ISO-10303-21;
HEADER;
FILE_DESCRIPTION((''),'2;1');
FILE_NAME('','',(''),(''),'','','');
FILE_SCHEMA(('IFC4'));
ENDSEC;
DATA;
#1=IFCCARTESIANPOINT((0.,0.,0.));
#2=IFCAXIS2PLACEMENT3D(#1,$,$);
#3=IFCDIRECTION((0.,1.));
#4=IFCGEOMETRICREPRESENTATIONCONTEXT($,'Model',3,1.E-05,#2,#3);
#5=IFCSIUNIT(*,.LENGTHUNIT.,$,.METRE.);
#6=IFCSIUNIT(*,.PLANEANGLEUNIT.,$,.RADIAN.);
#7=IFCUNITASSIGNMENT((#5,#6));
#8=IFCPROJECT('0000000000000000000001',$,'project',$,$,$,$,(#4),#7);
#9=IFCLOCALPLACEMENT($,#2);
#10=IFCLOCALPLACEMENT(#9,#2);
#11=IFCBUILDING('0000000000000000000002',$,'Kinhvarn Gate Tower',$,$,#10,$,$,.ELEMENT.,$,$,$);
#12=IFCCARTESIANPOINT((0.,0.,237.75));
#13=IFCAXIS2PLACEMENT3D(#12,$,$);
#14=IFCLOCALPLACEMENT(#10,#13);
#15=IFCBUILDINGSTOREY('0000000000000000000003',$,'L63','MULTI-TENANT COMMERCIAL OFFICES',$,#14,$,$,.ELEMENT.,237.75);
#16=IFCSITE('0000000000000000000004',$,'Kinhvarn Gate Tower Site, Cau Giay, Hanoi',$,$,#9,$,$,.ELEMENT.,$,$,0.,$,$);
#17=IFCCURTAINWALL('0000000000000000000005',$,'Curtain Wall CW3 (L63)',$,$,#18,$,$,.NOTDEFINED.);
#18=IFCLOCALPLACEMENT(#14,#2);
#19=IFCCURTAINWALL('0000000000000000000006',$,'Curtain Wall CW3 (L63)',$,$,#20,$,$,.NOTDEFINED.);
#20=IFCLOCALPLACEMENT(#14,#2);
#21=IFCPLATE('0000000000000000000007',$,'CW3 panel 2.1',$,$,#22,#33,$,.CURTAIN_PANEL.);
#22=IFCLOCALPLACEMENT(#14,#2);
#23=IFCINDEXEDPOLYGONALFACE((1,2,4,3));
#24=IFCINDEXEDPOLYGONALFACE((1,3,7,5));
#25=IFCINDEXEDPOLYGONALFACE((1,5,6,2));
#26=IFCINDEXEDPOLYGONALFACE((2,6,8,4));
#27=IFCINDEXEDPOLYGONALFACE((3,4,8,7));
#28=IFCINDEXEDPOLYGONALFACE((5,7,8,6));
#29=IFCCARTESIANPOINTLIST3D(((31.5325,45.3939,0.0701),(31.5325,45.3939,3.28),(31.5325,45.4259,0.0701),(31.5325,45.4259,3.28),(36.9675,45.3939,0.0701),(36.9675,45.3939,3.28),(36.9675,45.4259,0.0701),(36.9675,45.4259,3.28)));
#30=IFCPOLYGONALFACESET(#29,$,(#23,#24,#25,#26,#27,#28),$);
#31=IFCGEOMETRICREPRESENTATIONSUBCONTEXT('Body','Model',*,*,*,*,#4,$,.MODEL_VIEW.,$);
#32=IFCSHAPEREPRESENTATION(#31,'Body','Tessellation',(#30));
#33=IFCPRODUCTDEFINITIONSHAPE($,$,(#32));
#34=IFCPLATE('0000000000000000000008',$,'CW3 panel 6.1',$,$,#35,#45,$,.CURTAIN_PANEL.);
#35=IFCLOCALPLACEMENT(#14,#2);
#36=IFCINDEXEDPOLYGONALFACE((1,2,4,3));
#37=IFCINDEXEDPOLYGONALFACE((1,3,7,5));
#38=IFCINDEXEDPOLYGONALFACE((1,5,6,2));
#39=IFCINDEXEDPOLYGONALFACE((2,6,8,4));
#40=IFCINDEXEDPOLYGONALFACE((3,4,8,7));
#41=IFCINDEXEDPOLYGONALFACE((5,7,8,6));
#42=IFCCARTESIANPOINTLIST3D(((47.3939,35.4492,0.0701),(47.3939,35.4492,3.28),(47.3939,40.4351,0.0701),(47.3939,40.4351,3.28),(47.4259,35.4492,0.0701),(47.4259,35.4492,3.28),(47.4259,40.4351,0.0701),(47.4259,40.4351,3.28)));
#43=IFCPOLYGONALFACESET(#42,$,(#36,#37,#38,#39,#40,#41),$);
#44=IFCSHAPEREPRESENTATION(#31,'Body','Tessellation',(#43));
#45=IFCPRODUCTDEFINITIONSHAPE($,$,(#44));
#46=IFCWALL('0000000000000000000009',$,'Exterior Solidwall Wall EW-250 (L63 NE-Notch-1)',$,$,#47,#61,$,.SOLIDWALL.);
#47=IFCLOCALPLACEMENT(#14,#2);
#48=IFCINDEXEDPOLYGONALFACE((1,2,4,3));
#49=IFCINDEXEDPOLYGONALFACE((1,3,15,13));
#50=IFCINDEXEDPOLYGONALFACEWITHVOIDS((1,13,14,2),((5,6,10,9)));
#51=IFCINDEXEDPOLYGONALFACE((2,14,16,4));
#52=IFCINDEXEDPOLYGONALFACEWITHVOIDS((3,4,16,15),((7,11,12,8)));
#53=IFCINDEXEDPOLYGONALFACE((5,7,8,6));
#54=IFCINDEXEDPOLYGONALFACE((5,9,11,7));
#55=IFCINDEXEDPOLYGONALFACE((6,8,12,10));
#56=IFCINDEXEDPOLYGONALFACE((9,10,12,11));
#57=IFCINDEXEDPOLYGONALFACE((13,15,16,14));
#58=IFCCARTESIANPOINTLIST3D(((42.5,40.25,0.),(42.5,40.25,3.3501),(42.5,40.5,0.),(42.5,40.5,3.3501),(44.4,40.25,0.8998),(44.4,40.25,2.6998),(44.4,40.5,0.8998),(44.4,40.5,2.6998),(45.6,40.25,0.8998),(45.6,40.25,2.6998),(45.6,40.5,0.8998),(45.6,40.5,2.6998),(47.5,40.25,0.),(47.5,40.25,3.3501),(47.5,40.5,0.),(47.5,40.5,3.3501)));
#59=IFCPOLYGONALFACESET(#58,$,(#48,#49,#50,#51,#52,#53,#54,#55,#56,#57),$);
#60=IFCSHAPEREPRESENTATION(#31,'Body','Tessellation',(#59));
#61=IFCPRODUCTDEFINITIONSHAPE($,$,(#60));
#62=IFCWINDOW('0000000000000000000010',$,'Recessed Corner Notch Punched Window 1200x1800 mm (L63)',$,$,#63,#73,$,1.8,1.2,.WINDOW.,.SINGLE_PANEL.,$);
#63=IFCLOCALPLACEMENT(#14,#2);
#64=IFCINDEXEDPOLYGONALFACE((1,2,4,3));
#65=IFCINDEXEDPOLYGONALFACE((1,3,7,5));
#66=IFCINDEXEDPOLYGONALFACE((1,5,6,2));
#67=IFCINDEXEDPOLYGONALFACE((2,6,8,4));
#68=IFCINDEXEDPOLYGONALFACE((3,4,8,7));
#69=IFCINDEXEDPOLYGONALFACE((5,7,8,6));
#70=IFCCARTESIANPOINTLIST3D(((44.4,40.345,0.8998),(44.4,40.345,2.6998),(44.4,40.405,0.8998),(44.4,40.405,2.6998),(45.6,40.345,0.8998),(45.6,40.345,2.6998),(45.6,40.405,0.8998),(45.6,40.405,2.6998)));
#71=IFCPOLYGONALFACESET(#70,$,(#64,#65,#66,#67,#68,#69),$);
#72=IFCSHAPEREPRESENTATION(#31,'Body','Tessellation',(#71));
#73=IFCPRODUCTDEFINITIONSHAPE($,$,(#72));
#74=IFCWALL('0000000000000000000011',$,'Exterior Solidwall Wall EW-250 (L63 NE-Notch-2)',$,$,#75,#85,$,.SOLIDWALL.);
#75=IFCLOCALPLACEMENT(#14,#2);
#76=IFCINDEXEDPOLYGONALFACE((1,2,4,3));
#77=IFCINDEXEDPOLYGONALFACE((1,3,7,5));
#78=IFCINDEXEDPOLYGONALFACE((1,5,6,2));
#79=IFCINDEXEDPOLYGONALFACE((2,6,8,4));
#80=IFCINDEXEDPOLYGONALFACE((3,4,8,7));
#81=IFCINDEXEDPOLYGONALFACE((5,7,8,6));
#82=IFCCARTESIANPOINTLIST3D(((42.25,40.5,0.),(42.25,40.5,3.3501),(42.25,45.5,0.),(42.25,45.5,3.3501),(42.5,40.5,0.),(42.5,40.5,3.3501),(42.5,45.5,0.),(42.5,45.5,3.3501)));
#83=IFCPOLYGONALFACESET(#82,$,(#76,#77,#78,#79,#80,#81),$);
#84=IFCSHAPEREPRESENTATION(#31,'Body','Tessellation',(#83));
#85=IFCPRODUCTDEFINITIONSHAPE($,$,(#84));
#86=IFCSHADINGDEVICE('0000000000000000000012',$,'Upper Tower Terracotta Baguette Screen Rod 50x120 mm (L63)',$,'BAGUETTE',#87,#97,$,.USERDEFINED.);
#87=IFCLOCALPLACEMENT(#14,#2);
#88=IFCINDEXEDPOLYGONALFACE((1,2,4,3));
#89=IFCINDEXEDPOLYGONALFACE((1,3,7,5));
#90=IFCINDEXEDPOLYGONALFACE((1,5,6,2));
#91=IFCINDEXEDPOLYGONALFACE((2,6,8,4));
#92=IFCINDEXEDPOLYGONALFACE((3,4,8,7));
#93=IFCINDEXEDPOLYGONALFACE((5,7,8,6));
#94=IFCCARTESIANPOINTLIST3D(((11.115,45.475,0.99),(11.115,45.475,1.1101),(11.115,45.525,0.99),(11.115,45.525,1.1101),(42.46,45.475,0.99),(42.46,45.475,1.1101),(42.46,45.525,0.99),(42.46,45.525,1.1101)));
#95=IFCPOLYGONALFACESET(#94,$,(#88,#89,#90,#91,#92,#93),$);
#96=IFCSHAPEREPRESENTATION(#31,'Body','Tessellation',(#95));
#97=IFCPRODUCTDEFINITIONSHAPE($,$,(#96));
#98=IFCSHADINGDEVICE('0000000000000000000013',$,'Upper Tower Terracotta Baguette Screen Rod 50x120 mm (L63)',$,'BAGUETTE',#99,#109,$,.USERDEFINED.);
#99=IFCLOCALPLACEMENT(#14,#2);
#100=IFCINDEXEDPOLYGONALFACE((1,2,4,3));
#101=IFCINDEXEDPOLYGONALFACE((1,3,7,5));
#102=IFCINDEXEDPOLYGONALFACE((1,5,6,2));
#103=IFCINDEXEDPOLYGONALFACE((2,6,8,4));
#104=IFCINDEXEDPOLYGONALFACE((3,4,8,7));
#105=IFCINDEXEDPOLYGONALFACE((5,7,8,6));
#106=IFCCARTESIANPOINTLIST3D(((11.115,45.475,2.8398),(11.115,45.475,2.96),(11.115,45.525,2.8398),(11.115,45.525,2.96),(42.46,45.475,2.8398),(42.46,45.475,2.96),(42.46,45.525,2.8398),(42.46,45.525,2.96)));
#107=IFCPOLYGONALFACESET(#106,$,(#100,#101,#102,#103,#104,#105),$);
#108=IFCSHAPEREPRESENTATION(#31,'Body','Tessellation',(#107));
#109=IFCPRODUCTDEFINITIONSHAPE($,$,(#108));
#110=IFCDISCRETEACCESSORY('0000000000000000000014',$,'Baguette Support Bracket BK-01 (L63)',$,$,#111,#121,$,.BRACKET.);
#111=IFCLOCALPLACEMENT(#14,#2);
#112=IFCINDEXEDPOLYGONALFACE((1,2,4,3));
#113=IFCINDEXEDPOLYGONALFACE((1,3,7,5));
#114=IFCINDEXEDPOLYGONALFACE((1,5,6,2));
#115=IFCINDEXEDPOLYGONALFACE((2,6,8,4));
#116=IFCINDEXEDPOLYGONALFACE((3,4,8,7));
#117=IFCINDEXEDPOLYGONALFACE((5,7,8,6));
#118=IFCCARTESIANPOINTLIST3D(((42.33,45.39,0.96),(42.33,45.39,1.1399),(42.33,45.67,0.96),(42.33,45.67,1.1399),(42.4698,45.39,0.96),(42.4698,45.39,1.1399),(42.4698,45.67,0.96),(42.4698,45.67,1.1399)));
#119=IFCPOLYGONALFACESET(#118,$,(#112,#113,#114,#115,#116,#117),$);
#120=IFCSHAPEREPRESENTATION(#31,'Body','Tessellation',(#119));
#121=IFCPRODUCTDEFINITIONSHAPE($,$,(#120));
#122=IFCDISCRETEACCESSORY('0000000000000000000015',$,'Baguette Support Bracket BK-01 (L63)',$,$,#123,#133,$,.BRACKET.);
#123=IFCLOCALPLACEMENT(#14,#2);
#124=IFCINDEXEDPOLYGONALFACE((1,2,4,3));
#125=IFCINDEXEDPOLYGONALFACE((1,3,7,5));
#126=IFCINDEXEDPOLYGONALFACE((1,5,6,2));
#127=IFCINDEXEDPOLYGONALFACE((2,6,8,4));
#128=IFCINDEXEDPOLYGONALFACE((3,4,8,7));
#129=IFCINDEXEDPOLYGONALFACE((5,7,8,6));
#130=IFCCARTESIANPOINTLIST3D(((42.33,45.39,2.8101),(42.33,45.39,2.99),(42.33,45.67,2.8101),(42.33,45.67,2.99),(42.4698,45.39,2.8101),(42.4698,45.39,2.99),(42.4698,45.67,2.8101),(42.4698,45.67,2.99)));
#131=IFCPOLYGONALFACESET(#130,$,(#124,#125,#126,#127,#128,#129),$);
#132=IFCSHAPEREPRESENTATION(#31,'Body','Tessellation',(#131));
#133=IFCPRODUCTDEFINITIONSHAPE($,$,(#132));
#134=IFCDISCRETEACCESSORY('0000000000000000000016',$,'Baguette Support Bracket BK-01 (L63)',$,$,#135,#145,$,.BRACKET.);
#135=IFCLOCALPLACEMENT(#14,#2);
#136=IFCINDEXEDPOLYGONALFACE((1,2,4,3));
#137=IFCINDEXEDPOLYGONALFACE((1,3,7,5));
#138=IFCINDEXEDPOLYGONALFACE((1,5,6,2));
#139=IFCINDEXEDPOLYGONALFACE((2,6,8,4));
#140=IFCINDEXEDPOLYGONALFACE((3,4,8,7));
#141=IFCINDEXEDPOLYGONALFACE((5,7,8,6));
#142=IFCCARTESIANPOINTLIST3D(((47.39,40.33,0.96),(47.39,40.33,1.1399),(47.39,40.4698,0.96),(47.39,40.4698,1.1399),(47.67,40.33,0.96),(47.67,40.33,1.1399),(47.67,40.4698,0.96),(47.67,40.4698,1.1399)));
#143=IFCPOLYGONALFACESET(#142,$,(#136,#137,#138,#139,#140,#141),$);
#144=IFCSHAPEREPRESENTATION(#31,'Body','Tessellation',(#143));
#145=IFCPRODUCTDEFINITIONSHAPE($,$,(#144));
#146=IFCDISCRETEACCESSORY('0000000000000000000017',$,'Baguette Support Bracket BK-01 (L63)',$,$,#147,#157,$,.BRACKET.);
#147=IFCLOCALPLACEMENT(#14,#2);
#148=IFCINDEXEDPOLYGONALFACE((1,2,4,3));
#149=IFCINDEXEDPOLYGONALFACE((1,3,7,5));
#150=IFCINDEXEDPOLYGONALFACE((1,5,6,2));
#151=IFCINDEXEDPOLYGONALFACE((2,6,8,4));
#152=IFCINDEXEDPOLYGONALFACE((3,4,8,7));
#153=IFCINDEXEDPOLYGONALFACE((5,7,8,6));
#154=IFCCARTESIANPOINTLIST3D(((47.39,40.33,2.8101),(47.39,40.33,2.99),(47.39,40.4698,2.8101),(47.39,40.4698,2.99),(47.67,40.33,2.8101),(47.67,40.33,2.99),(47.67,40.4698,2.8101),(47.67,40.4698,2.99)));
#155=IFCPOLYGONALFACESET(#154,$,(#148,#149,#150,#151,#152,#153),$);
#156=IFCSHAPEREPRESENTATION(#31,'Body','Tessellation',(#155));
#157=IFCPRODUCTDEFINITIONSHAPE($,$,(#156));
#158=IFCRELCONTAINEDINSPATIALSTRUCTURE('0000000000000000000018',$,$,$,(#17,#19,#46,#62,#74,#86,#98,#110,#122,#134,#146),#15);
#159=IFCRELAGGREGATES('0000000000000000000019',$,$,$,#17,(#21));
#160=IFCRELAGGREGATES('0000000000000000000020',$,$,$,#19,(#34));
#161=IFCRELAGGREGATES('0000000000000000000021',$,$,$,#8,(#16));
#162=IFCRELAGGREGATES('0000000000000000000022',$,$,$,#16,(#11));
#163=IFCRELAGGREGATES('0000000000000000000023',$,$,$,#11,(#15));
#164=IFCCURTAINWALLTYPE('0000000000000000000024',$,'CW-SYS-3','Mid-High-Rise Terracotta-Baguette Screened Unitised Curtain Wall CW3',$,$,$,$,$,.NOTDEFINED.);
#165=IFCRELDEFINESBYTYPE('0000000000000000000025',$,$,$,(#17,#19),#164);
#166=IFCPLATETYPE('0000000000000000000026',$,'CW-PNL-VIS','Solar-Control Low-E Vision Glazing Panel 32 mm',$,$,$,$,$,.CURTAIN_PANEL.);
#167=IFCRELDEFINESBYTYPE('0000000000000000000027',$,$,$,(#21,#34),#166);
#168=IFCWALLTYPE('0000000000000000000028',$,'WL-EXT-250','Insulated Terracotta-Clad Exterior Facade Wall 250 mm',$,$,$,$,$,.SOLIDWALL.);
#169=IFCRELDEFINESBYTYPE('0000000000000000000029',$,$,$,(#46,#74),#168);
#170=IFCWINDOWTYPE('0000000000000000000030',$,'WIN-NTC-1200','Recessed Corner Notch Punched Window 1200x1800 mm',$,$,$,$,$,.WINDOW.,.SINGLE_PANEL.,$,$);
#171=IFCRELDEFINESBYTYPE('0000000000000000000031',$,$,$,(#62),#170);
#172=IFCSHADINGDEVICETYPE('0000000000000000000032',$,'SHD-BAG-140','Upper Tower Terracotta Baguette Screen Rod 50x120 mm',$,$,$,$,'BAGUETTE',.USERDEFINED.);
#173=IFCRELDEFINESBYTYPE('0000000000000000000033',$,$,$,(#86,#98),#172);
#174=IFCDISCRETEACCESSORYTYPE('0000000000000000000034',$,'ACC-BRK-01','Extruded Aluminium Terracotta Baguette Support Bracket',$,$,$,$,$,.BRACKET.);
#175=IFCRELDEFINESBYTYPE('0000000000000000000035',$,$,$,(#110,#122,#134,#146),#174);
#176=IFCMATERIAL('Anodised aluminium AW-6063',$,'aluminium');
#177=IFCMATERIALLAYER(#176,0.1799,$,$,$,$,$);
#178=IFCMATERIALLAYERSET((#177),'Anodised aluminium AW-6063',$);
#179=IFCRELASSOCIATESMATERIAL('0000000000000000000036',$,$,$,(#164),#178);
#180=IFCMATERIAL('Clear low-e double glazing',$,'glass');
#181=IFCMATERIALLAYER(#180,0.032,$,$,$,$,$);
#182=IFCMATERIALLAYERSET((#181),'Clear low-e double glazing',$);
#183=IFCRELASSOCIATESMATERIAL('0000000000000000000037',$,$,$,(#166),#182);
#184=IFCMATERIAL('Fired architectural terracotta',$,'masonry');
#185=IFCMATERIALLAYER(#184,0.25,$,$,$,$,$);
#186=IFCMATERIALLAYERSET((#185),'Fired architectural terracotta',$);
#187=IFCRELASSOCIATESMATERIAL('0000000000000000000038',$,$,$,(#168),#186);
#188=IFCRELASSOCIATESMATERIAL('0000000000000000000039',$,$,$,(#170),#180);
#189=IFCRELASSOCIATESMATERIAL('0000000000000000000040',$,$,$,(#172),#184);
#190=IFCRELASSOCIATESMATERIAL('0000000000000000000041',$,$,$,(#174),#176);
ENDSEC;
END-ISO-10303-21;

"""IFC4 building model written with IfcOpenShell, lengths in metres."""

from ifc_helpers import new_model, si_unit, direction, frame, frame_2d, origin, origin_2d, place, context, subcontext, project, spatial, rectangle, extrude, material, layer, layer_set, material_profile, profile_set, type_object, element, fill, aggregate, save


model = new_model("IFC4")

# Units and contexts
model_context = context("Model", 3, precision=1e-05, world=origin(), true_north=direction((0.0, 1.0)))
body_context = subcontext(model_context, "Body", "Model", "MODEL_VIEW")
ifc_project = project(units=[si_unit("LENGTHUNIT", "METRE"), si_unit("PLANEANGLEUNIT", "RADIAN")], contexts=[model_context])

# Site, building, storey
site_placement = place(None, origin())
site = spatial("IfcSite", under=ifc_project, at=site_placement, Name="Kinhvarn Gate Tower Site, Cau Giay, Hanoi", CompositionType="ELEMENT", RefElevation=0.0)
building_placement = place(site_placement, origin())
building = spatial("IfcBuilding", under=site, at=building_placement, Name="Kinhvarn Gate Tower", CompositionType="ELEMENT")
storey_placement = place(building_placement, frame((0.0, 0.0, 237.75)))
storey = spatial("IfcBuildingStorey", under=building, at=storey_placement, Name="L63", Description="MULTI-TENANT COMMERCIAL OFFICES", CompositionType="ELEMENT", Elevation=237.75)

# Curtain wall
ifc_material_1 = material(Name="Anodised aluminium AW-6063", Category="aluminium")
ifc_layer_1 = layer(ifc_material_1, 0.1799)
ifc_layer_set_1 = layer_set([ifc_layer_1], Name="Anodised aluminium AW-6063")
curtain_wall_type = type_object("IfcCurtainWallType", Name="CW-SYS-3", Description="Mid-High-Rise Terracotta-Baguette Screened Unitised Curtain Wall CW3", PredefinedType="NOTDEFINED", material=ifc_layer_set_1)
curtain_wall_1_placement = place(storey_placement, origin())
curtain_wall_1 = element("IfcCurtainWall", 1, at=curtain_wall_1_placement, inside=storey, type_object=curtain_wall_type, Name="Curtain Wall CW3 (L63)", PredefinedType="NOTDEFINED")

# Curtain wall
curtain_wall_2_placement = place(storey_placement, origin())
curtain_wall_2 = element("IfcCurtainWall", 2, at=curtain_wall_2_placement, inside=storey, type_object=curtain_wall_type, Name="Curtain Wall CW3 (L63)", PredefinedType="NOTDEFINED")

# Plates
ifc_material_2 = material(Name="Clear low-e double glazing", Category="glass")
ifc_layer_2 = layer(ifc_material_2, 0.032)
ifc_layer_set_2 = layer_set([ifc_layer_2], Name="Clear low-e double glazing")
plate_type = type_object("IfcPlateType", Name="CW-PNL-VIS", Description="Solar-Control Low-E Vision Glazing Panel 32 mm", PredefinedType="CURTAIN_PANEL", material=ifc_layer_set_2)
plate_1_placement = place(storey_placement, frame((34.25, 45.4099, 0.0701), z_axis=(0.0, 0.0, 1.0), x_axis=(-1.0, 0.0, 0.0)))
plate_1 = element("IfcPlate", 3, at=plate_1_placement, type_object=plate_type, Name="CW3 panel 2.1", PredefinedType="CURTAIN_PANEL", context=body_context, shape_type="SweptSolid", body=[
    extrude(rectangle(XDim=5.4351, YDim=0.032, at=origin_2d()), origin(), (0.0, 0.0, 1.0), 3.21),
])
aggregate(curtain_wall_1, [plate_1])
plate_2_placement = place(storey_placement, frame((47.4099, 37.9421, 0.0701), z_axis=(0.0, 0.0, 1.0), x_axis=(0.0, 1.0, 0.0)))
plate_2 = element("IfcPlate", 4, at=plate_2_placement, type_object=plate_type, Name="CW3 panel 6.1", PredefinedType="CURTAIN_PANEL", context=body_context, shape_type="SweptSolid", body=[
    extrude(rectangle(XDim=4.9858, YDim=0.032, at=origin_2d()), origin(), (0.0, 0.0, 1.0), 3.21),
])
aggregate(curtain_wall_2, [plate_2])

# Wall, opening, window
ifc_material_3 = material(Name="Fired architectural terracotta", Category="masonry")
ifc_layer_3 = layer(ifc_material_3, 0.25)
ifc_layer_set_3 = layer_set([ifc_layer_3], Name="Fired architectural terracotta")
wall_type = type_object("IfcWallType", Name="WL-EXT-250", Description="Insulated Terracotta-Clad Exterior Facade Wall 250 mm", PredefinedType="SOLIDWALL", material=ifc_layer_set_3)
wall_1_placement = place(storey_placement, frame((47.5, 40.375, 0.0), z_axis=(0.0, 0.0, 1.0), x_axis=(-1.0, 0.0, 0.0)))
wall_1 = element("IfcWall", 5, at=wall_1_placement, inside=storey, type_object=wall_type, Name="Exterior Solidwall Wall EW-250 (L63 NE-Notch-1)", PredefinedType="SOLIDWALL", context=body_context, shape_type="SweptSolid", body=[
    extrude(rectangle(XDim=5.0, YDim=0.25, at=frame_2d((2.5, 0.0))), origin(), (0.0, 0.0, 1.0), 3.3501),
])
opening_placement = place(wall_1_placement, frame((1.8999, 0.0, 0.8999)))
opening = element("IfcOpeningElement", 6, at=opening_placement, cuts=wall_1, PredefinedType="OPENING", context=body_context, shape_type="SweptSolid", body=[
    extrude(rectangle(XDim=1.2, YDim=1.8, at=frame_2d((0.6001, 0.8999))), frame((0.0, 0.135, 0.0), z_axis=(0.0, -1.0, 0.0), x_axis=(1.0, 0.0, 0.0)), (0.0, 0.0, 1.0), 0.27),
])
window_type = type_object("IfcWindowType", Name="WIN-NTC-1200", Description="Recessed Corner Notch Punched Window 1200x1800 mm", PartitioningType="SINGLE_PANEL", PredefinedType="WINDOW", material=ifc_material_2)
window_placement = place(opening_placement, origin())
window = element("IfcWindow", 7, at=window_placement, inside=storey, type_object=window_type, Name="Recessed Corner Notch Punched Window 1200x1800 mm (L63)", OverallHeight=1.8, OverallWidth=1.2, PartitioningType="SINGLE_PANEL", PredefinedType="WINDOW", context=body_context, shape_type="SweptSolid", body=[
    extrude(rectangle(XDim=1.2, YDim=1.8, at=frame_2d((0.6001, 0.8999))), frame((0.0, 0.03, 0.0), z_axis=(0.0, -1.0, 0.0), x_axis=(1.0, 0.0, 0.0)), (0.0, 0.0, 1.0), 0.0601),
])
fill(opening, window)

# Wall
wall_2_placement = place(storey_placement, frame((42.375, 40.5, 0.0), z_axis=(0.0, 0.0, 1.0), x_axis=(0.0, 1.0, 0.0)))
element("IfcWall", 8, at=wall_2_placement, inside=storey, type_object=wall_type, Name="Exterior Solidwall Wall EW-250 (L63 NE-Notch-2)", PredefinedType="SOLIDWALL", context=body_context, shape_type="SweptSolid", body=[
    extrude(rectangle(XDim=5.0, YDim=0.25, at=frame_2d((2.5, 0.0))), origin(), (0.0, 0.0, 1.0), 3.3501),
])

# Shading devices
ifc_material_profile_1 = material_profile(ifc_material_3, rectangle(XDim=0.05, YDim=0.1201, at=origin_2d()), Name="TC 50x120")
ifc_profile_set_1 = profile_set([ifc_material_profile_1], Name="Fired architectural terracotta")
shading_device_type = type_object("IfcShadingDeviceType", Name="SHD-BAG-140", Description="Upper Tower Terracotta Baguette Screen Rod 50x120 mm", ElementType="BAGUETTE", PredefinedType="USERDEFINED", material=ifc_profile_set_1)
for number, where, z_axis, x_axis, name in (
    (9, (42.46, 45.5, 1.05), (-1.0, 0.0, 0.0), (0.0, -1.0, 0.0), "Upper Tower Terracotta Baguette Screen Rod 50x120 mm (L63)"),
    (10, (42.46, 45.5, 2.8999), (-1.0, 0.0, 0.0), (0.0, -1.0, 0.0), "Upper Tower Terracotta Baguette Screen Rod 50x120 mm (L63)"),
):
    element("IfcShadingDevice", number, at=place(storey_placement, frame(where, z_axis=z_axis, x_axis=x_axis)), inside=storey, type_object=shading_device_type, Name=name, ObjectType="BAGUETTE", PredefinedType="USERDEFINED", context=body_context, shape_type="SweptSolid", body=[
        extrude(rectangle(XDim=0.05, YDim=0.1201, at=origin_2d()), origin(), (0.0, 0.0, 1.0), 31.345),
    ])

# Discrete accessories
discrete_accessory_type = type_object("IfcDiscreteAccessoryType", Name="ACC-BRK-01", Description="Extruded Aluminium Terracotta Baguette Support Bracket", PredefinedType="BRACKET", material=ifc_material_1)
for number, where, z_axis, x_axis, name in (
    (11, (42.3999, 45.53, 0.96), (0.0, 0.0, 1.0), (-1.0, 0.0, 0.0), "Baguette Support Bracket BK-01 (L63)"),
    (12, (42.3999, 45.53, 2.8101), (0.0, 0.0, 1.0), (-1.0, 0.0, 0.0), "Baguette Support Bracket BK-01 (L63)"),
    (13, (47.53, 40.3999, 0.96), (0.0, 0.0, 1.0), (0.0, 1.0, 0.0), "Baguette Support Bracket BK-01 (L63)"),
    (14, (47.53, 40.3999, 2.8101), (0.0, 0.0, 1.0), (0.0, 1.0, 0.0), "Baguette Support Bracket BK-01 (L63)"),
):
    element("IfcDiscreteAccessory", number, at=place(storey_placement, frame(where, z_axis=z_axis, x_axis=x_axis)), inside=storey, type_object=discrete_accessory_type, Name=name, PredefinedType="BRACKET", context=body_context, shape_type="SweptSolid", body=[
        extrude(rectangle(XDim=0.1399, YDim=0.28, at=origin_2d()), origin(), (0.0, 0.0, 1.0), 0.1799),
    ])

save(model, "model.ifc")
